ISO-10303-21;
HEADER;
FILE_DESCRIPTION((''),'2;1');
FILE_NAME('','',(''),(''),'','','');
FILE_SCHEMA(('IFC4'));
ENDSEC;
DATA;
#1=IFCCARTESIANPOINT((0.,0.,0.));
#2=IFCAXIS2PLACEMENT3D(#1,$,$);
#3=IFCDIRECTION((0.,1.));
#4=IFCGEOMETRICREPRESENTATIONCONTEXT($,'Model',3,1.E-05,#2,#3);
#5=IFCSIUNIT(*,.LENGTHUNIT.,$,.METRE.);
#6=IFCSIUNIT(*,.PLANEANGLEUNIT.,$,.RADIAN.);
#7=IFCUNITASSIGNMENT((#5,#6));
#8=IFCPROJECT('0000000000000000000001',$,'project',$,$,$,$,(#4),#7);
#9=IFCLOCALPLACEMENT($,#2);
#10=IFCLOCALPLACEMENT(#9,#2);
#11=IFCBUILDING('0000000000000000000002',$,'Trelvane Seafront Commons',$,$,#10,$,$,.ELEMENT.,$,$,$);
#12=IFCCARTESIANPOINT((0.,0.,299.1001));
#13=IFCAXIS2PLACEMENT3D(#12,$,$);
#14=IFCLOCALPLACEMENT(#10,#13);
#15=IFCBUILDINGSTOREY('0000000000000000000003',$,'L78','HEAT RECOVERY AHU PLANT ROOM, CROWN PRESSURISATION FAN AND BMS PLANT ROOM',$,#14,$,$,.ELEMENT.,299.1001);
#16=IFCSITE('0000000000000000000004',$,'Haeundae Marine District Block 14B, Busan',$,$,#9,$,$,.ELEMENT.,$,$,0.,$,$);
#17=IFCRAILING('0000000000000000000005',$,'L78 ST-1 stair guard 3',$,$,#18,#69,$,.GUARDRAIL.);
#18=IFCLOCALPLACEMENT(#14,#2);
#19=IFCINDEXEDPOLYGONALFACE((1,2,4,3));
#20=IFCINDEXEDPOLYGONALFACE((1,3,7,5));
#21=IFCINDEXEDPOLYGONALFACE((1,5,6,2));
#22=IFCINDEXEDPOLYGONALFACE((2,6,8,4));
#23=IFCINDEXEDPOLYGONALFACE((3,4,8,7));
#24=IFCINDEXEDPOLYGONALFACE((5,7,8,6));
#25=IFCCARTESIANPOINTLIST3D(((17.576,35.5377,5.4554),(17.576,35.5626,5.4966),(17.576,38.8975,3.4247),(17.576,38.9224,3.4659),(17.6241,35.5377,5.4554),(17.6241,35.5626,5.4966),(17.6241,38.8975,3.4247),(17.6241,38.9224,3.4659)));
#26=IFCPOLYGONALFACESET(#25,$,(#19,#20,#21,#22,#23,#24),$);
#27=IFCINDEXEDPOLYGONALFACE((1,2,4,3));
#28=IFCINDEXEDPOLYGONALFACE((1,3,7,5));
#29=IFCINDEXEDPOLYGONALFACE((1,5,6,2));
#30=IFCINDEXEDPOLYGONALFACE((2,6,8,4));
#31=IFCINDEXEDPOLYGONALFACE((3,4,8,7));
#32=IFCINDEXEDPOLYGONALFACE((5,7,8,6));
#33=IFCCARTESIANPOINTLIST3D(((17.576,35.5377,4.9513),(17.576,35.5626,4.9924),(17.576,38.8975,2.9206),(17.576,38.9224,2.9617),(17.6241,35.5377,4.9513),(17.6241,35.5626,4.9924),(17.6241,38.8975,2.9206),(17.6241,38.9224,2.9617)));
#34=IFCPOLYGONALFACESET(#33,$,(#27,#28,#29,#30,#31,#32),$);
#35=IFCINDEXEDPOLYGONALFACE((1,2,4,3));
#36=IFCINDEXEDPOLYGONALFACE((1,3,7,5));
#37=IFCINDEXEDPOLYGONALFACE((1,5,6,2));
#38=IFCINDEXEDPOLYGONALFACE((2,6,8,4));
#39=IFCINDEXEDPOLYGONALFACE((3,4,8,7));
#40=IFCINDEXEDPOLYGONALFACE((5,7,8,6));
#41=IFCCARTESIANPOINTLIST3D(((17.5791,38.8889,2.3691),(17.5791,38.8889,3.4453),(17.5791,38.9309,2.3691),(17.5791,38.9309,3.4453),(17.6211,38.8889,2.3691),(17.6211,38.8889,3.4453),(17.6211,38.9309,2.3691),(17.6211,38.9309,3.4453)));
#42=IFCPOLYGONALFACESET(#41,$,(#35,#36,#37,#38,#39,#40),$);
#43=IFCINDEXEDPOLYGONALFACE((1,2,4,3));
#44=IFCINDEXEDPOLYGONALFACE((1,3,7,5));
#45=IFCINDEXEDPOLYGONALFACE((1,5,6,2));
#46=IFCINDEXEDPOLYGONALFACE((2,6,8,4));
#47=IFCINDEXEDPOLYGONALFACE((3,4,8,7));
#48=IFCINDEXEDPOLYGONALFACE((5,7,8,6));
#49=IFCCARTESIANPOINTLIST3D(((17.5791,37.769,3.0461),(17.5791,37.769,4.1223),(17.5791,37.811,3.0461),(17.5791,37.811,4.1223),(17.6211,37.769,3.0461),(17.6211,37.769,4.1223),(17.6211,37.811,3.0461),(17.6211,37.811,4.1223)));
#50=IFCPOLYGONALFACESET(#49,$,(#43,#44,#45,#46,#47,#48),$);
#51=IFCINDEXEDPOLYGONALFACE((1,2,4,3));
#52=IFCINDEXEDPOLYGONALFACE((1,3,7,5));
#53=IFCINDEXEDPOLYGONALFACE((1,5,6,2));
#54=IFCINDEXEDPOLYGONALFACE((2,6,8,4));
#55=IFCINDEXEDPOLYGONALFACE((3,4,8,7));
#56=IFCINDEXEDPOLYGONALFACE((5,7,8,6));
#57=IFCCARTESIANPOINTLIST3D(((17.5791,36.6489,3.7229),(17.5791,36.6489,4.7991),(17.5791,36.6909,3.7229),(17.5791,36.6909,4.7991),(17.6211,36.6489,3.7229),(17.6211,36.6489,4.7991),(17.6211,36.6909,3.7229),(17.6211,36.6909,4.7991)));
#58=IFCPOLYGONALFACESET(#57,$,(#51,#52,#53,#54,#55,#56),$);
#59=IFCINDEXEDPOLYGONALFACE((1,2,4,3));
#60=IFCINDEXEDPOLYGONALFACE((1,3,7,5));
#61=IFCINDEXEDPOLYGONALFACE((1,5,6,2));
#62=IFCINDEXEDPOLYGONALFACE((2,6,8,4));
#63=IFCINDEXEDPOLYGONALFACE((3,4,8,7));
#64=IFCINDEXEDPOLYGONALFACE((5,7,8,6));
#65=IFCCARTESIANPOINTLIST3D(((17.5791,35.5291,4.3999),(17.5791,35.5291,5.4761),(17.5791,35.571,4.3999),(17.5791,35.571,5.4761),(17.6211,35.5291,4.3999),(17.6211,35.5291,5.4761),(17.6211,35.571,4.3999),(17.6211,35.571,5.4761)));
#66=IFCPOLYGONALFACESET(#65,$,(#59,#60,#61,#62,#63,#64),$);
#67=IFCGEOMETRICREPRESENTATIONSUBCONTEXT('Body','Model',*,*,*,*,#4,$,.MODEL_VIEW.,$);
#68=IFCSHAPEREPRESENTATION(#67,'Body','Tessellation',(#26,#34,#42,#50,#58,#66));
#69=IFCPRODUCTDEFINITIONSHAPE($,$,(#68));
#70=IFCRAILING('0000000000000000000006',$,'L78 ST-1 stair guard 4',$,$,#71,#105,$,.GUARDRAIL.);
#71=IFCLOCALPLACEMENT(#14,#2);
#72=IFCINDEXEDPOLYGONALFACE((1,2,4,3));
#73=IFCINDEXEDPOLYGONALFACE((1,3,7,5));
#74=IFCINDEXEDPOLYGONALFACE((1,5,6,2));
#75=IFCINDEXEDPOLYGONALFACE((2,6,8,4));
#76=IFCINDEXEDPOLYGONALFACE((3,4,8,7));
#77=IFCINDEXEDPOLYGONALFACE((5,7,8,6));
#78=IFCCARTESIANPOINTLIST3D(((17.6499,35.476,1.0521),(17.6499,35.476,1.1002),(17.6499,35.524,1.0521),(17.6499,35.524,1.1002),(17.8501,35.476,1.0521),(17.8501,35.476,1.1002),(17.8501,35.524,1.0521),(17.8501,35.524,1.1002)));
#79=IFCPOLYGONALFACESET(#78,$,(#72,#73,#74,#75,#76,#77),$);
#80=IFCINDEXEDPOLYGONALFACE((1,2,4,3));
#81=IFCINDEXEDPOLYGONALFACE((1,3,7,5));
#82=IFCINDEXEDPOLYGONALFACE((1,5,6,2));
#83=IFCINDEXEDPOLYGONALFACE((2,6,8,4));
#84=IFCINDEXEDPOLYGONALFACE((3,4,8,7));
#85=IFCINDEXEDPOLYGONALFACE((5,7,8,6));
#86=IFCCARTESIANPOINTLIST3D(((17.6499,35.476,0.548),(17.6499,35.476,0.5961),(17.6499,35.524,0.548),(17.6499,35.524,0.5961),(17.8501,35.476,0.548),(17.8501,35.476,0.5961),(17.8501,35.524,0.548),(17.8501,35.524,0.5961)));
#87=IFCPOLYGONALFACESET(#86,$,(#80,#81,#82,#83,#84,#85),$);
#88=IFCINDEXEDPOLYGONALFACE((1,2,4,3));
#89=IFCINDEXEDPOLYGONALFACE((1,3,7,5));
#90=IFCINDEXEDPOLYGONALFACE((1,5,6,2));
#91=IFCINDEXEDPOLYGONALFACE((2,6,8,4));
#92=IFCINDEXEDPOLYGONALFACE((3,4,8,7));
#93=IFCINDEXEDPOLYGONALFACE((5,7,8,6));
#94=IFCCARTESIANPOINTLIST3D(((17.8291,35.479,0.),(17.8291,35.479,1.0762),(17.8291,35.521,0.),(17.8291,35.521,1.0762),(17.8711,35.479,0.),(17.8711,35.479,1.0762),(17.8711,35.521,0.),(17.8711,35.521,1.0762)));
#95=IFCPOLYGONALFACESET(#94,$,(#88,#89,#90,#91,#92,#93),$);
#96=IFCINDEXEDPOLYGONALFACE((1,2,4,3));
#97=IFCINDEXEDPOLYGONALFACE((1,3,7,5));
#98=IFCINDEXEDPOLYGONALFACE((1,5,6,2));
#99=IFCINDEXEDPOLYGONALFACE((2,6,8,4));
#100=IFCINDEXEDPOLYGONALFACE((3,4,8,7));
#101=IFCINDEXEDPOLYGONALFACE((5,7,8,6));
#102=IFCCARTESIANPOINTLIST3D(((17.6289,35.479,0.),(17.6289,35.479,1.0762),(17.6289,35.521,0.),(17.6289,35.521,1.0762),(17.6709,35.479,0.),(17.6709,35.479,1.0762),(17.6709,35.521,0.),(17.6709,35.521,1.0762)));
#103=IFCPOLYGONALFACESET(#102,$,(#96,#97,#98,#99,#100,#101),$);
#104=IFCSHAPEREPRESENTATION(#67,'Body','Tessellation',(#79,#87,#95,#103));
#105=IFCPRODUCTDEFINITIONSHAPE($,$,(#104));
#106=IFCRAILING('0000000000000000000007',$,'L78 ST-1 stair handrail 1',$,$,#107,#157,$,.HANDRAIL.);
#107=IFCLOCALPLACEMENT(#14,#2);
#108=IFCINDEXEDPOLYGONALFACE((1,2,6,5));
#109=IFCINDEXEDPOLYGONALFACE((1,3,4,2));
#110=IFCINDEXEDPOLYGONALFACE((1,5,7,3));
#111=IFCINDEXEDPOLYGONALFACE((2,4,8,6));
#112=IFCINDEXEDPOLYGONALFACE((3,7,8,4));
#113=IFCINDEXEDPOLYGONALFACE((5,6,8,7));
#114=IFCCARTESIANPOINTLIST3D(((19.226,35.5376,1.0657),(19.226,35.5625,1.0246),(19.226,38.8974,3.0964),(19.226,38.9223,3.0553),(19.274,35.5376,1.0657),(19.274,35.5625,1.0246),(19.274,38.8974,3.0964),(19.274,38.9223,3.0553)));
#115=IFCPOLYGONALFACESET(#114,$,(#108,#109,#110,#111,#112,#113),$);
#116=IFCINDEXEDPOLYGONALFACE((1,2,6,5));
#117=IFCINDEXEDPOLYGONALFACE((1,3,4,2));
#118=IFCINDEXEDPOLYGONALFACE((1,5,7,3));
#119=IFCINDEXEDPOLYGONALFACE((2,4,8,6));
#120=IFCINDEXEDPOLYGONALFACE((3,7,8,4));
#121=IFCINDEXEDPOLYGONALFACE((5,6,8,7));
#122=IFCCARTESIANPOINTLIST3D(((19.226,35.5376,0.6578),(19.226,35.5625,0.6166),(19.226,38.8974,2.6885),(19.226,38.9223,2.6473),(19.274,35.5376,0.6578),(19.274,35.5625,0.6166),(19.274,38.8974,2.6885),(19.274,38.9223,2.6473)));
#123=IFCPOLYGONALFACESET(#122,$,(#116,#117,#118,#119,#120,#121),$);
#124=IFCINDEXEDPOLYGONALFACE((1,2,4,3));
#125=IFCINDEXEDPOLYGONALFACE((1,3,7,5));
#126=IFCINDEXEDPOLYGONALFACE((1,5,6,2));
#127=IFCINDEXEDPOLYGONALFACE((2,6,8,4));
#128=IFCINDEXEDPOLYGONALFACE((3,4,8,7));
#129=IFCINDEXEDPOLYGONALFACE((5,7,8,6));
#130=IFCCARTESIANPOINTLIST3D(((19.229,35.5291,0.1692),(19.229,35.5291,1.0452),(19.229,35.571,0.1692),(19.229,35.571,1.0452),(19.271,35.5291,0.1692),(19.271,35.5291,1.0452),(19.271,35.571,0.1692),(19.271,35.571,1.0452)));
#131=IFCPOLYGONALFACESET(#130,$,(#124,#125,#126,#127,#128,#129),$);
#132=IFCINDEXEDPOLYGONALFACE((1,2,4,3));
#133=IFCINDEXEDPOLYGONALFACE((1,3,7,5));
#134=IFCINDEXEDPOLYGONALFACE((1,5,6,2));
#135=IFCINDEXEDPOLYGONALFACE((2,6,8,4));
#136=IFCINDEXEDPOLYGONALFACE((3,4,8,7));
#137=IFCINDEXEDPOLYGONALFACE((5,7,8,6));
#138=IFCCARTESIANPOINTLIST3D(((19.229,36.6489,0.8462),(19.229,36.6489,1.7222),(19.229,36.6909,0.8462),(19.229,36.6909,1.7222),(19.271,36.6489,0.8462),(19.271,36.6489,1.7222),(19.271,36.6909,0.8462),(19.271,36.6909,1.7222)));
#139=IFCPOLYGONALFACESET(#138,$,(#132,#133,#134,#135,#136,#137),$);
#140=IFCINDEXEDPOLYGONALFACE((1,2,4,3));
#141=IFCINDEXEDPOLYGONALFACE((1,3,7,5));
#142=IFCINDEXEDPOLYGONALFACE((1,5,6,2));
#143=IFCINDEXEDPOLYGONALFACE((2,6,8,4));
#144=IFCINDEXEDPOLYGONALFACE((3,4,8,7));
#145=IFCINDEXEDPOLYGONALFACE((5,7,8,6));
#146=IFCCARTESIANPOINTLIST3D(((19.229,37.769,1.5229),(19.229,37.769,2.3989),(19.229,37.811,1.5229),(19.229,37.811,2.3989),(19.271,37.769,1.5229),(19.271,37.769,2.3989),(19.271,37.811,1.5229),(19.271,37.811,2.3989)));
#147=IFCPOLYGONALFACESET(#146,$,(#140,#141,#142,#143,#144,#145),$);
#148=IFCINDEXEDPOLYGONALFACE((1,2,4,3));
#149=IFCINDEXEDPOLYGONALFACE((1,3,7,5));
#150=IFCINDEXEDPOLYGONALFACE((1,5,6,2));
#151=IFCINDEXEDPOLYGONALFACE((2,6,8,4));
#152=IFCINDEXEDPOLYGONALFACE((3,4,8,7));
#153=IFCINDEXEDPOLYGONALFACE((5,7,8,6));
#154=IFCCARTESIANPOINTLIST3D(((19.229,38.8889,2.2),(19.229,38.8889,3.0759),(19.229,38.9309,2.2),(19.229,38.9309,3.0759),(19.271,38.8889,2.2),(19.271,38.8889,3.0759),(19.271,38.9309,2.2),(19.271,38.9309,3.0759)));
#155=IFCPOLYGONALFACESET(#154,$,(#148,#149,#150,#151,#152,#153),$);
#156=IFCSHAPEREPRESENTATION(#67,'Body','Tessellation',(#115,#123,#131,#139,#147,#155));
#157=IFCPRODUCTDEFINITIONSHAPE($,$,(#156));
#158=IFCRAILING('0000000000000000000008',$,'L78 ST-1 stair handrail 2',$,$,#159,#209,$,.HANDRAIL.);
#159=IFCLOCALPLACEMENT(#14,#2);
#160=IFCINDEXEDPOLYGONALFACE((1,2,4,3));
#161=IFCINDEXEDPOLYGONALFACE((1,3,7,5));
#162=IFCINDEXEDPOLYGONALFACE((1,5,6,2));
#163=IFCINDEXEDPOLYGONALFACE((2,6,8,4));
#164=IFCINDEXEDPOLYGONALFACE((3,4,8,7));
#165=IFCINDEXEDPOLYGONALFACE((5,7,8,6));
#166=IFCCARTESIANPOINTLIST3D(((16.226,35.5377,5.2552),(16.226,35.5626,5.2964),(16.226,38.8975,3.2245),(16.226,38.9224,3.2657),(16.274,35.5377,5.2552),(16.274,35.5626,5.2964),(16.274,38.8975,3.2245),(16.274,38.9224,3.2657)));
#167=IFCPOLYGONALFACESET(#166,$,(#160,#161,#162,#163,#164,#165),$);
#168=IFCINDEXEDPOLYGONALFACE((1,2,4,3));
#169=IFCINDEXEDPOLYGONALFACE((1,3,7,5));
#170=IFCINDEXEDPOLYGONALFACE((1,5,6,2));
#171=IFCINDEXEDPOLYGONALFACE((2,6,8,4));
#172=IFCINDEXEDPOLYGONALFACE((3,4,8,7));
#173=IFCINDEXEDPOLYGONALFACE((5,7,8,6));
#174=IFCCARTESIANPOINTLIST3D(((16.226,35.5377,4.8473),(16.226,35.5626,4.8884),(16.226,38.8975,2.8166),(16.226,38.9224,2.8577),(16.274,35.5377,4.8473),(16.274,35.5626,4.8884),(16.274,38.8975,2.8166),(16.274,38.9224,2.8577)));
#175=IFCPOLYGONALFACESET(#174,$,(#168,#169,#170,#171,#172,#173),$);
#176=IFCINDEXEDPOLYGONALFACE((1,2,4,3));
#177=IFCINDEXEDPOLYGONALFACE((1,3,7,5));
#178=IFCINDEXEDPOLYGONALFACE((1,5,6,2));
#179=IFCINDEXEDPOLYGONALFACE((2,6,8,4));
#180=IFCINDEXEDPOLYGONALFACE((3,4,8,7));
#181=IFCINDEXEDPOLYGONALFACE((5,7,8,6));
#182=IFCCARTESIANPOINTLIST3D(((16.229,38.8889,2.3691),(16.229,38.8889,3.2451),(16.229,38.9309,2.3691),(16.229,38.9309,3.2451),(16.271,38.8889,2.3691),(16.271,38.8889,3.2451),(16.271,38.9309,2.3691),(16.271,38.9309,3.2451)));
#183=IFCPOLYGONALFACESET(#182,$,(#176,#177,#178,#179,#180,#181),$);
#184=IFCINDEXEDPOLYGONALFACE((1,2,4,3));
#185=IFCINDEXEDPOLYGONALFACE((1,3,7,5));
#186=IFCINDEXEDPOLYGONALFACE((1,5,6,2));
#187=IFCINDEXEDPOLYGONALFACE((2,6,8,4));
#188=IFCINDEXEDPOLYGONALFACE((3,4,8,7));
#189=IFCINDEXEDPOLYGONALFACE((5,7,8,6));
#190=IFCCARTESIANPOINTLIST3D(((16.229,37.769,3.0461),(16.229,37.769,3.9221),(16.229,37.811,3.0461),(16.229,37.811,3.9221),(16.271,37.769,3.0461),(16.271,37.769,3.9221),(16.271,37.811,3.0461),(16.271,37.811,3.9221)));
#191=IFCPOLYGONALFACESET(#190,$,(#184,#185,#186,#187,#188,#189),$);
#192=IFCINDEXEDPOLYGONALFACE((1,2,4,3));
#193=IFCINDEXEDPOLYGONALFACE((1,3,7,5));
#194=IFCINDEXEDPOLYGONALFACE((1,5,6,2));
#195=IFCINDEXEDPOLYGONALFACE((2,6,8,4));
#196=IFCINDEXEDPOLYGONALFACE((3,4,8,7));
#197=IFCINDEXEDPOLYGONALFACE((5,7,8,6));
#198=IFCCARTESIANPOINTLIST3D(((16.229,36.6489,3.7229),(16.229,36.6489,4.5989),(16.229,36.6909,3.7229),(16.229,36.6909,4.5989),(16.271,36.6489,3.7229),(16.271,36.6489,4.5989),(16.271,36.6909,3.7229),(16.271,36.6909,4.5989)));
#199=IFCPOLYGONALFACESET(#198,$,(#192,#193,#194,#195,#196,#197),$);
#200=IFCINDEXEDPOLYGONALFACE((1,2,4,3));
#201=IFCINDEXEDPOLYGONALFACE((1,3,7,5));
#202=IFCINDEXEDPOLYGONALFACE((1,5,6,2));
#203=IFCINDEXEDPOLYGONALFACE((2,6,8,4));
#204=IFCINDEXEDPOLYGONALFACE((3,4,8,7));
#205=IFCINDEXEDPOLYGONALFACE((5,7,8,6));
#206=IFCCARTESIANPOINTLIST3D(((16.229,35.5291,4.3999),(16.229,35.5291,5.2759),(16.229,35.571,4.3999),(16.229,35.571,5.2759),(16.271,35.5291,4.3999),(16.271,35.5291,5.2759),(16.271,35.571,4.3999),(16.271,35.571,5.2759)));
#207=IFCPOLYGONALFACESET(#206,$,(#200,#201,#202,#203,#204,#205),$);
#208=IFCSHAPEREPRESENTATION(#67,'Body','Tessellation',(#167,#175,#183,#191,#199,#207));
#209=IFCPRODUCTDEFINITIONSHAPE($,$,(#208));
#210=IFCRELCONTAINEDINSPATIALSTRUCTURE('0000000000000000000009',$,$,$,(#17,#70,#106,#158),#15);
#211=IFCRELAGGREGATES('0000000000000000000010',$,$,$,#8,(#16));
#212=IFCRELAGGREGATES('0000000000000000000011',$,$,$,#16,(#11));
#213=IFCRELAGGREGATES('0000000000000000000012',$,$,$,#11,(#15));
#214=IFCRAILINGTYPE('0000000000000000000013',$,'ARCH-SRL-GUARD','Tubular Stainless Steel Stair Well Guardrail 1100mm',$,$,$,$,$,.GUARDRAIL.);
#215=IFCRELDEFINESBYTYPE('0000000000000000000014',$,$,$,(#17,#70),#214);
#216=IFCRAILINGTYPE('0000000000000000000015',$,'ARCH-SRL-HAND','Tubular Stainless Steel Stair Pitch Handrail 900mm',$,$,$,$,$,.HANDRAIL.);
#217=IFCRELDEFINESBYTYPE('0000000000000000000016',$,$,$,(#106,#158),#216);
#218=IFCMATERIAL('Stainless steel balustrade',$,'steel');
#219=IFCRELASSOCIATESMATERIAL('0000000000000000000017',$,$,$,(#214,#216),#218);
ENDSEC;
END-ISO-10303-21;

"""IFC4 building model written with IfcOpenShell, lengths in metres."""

from ifc_helpers import new_model, si_unit, direction, frame, origin, origin_2d, place, context, subcontext, project, spatial, rectangle, extrude, material, type_object, element, save


model = new_model("IFC4")

# Units and contexts
model_context = context("Model", 3, precision=1e-05, world=origin(), true_north=direction((0.0, 1.0)))
body_context = subcontext(model_context, "Body", "Model", "MODEL_VIEW")
ifc_project = project(units=[si_unit("LENGTHUNIT", "METRE"), si_unit("PLANEANGLEUNIT", "RADIAN")], contexts=[model_context])

# Site, building, storey
site_placement = place(None, origin())
site = spatial("IfcSite", under=ifc_project, at=site_placement, Name="Haeundae Marine District Block 14B, Busan", CompositionType="ELEMENT", RefElevation=0.0)
building_placement = place(site_placement, origin())
building = spatial("IfcBuilding", under=site, at=building_placement, Name="Trelvane Seafront Commons", CompositionType="ELEMENT")
storey_placement = place(building_placement, frame((0.0, 0.0, 299.1001)))
storey = spatial("IfcBuildingStorey", under=building, at=storey_placement, Name="L78", Description="HEAT RECOVERY AHU PLANT ROOM, CROWN PRESSURISATION FAN AND BMS PLANT ROOM", CompositionType="ELEMENT", Elevation=299.1001)

# Shared definitions
ifc_material_1 = material(Name="Stainless steel balustrade", Category="steel")

# Railings
railing_type_1 = type_object("IfcRailingType", Name="ARCH-SRL-GUARD", Description="Tubular Stainless Steel Stair Well Guardrail 1100mm", PredefinedType="GUARDRAIL", material=ifc_material_1)
railing_1_placement = place(storey_placement, frame((17.6001, 38.9099, 2.3691)))
element("IfcRailing", 1, at=railing_1_placement, inside=storey, type_object=railing_type_1, Name="L78 ST-1 stair guard 3", PredefinedType="GUARDRAIL", context=body_context, shape_type="SweptSolid", body=[
    extrude(rectangle(XDim=0.0481, YDim=0.0481, at=origin_2d()), frame((0.0, 0.0, 1.0762), z_axis=(0.0, -0.85582, 0.517273), x_axis=(1.0, 0.0, 0.0)), (0.0, 0.0, 1.0), 3.9258),
    extrude(rectangle(XDim=0.0481, YDim=0.0481, at=origin_2d()), frame((0.0, 0.0, 0.572), z_axis=(0.0, -0.85582, 0.517273), x_axis=(1.0, 0.0, 0.0)), (0.0, 0.0, 1.0), 3.9258),
    extrude(rectangle(XDim=0.042, YDim=0.042, at=origin_2d()), origin(), (0.0, 0.0, 1.0), 1.0762),
    extrude(rectangle(XDim=0.042, YDim=0.042, at=origin_2d()), frame((0.0, -1.1199, 0.677)), (0.0, 0.0, 1.0), 1.0762),
    extrude(rectangle(XDim=0.042, YDim=0.042, at=origin_2d()), frame((0.0, -2.24, 1.3538)), (0.0, 0.0, 1.0), 1.0762),
    extrude(rectangle(XDim=0.042, YDim=0.042, at=origin_2d()), frame((0.0, -3.3599, 2.0308)), (0.0, 0.0, 1.0), 1.0762),
])
railing_2_placement = place(storey_placement, frame((17.8501, 35.5, 0.0)))
element("IfcRailing", 2, at=railing_2_placement, inside=storey, type_object=railing_type_1, Name="L78 ST-1 stair guard 4", PredefinedType="GUARDRAIL", context=body_context, shape_type="SweptSolid", body=[
    extrude(rectangle(XDim=0.0481, YDim=0.0481, at=origin_2d()), frame((0.0, 0.0, 1.0762), z_axis=(-1.0, 0.0, 0.0), x_axis=(0.0, -1.0, 0.0)), (0.0, 0.0, 1.0), 0.2002),
    extrude(rectangle(XDim=0.0481, YDim=0.0481, at=origin_2d()), frame((0.0, 0.0, 0.572), z_axis=(-1.0, 0.0, 0.0), x_axis=(0.0, -1.0, 0.0)), (0.0, 0.0, 1.0), 0.2002),
    extrude(rectangle(XDim=0.042, YDim=0.042, at=origin_2d()), origin(), (0.0, 0.0, 1.0), 1.0762),
    extrude(rectangle(XDim=0.042, YDim=0.042, at=origin_2d()), frame((-0.2002, 0.0, 0.0)), (0.0, 0.0, 1.0), 1.0762),
])
railing_type_2 = type_object("IfcRailingType", Name="ARCH-SRL-HAND", Description="Tubular Stainless Steel Stair Pitch Handrail 900mm", PredefinedType="HANDRAIL", material=ifc_material_1)
railing_3_placement = place(storey_placement, frame((19.25, 35.55, 0.1692)))
element("IfcRailing", 3, at=railing_3_placement, inside=storey, type_object=railing_type_2, Name="L78 ST-1 stair handrail 1", PredefinedType="HANDRAIL", context=body_context, shape_type="SweptSolid", body=[
    extrude(rectangle(XDim=0.0481, YDim=0.0481, at=origin_2d()), frame((0.0, 0.0, 0.876), z_axis=(0.0, 0.85582, 0.517273), x_axis=(-1.0, 0.0, 0.0)), (0.0, 0.0, 1.0), 3.9258),
    extrude(rectangle(XDim=0.0481, YDim=0.0481, at=origin_2d()), frame((0.0, 0.0, 0.468), z_axis=(0.0, 0.85582, 0.517273), x_axis=(-1.0, 0.0, 0.0)), (0.0, 0.0, 1.0), 3.9258),
    extrude(rectangle(XDim=0.042, YDim=0.042, at=origin_2d()), origin(), (0.0, 0.0, 1.0), 0.876),
    extrude(rectangle(XDim=0.042, YDim=0.042, at=origin_2d()), frame((0.0, 1.1199, 0.677)), (0.0, 0.0, 1.0), 0.876),
    extrude(rectangle(XDim=0.042, YDim=0.042, at=origin_2d()), frame((0.0, 2.24, 1.3538)), (0.0, 0.0, 1.0), 0.876),
    extrude(rectangle(XDim=0.042, YDim=0.042, at=origin_2d()), frame((0.0, 3.3599, 2.0308)), (0.0, 0.0, 1.0), 0.876),
])
railing_4_placement = place(storey_placement, frame((16.25, 38.9099, 2.3691)))
element("IfcRailing", 4, at=railing_4_placement, inside=storey, type_object=railing_type_2, Name="L78 ST-1 stair handrail 2", PredefinedType="HANDRAIL", context=body_context, shape_type="SweptSolid", body=[
    extrude(rectangle(XDim=0.0481, YDim=0.0481, at=origin_2d()), frame((0.0, 0.0, 0.876), z_axis=(0.0, -0.85582, 0.517273), x_axis=(1.0, 0.0, 0.0)), (0.0, 0.0, 1.0), 3.9258),
    extrude(rectangle(XDim=0.0481, YDim=0.0481, at=origin_2d()), frame((0.0, 0.0, 0.468), z_axis=(0.0, -0.85582, 0.517273), x_axis=(1.0, 0.0, 0.0)), (0.0, 0.0, 1.0), 3.9258),
    extrude(rectangle(XDim=0.042, YDim=0.042, at=origin_2d()), origin(), (0.0, 0.0, 1.0), 0.876),
    extrude(rectangle(XDim=0.042, YDim=0.042, at=origin_2d()), frame((0.0, -1.1199, 0.677)), (0.0, 0.0, 1.0), 0.876),
    extrude(rectangle(XDim=0.042, YDim=0.042, at=origin_2d()), frame((0.0, -2.24, 1.3538)), (0.0, 0.0, 1.0), 0.876),
    extrude(rectangle(XDim=0.042, YDim=0.042, at=origin_2d()), frame((0.0, -3.3599, 2.0308)), (0.0, 0.0, 1.0), 0.876),
])

save(model, "model.ifc")
